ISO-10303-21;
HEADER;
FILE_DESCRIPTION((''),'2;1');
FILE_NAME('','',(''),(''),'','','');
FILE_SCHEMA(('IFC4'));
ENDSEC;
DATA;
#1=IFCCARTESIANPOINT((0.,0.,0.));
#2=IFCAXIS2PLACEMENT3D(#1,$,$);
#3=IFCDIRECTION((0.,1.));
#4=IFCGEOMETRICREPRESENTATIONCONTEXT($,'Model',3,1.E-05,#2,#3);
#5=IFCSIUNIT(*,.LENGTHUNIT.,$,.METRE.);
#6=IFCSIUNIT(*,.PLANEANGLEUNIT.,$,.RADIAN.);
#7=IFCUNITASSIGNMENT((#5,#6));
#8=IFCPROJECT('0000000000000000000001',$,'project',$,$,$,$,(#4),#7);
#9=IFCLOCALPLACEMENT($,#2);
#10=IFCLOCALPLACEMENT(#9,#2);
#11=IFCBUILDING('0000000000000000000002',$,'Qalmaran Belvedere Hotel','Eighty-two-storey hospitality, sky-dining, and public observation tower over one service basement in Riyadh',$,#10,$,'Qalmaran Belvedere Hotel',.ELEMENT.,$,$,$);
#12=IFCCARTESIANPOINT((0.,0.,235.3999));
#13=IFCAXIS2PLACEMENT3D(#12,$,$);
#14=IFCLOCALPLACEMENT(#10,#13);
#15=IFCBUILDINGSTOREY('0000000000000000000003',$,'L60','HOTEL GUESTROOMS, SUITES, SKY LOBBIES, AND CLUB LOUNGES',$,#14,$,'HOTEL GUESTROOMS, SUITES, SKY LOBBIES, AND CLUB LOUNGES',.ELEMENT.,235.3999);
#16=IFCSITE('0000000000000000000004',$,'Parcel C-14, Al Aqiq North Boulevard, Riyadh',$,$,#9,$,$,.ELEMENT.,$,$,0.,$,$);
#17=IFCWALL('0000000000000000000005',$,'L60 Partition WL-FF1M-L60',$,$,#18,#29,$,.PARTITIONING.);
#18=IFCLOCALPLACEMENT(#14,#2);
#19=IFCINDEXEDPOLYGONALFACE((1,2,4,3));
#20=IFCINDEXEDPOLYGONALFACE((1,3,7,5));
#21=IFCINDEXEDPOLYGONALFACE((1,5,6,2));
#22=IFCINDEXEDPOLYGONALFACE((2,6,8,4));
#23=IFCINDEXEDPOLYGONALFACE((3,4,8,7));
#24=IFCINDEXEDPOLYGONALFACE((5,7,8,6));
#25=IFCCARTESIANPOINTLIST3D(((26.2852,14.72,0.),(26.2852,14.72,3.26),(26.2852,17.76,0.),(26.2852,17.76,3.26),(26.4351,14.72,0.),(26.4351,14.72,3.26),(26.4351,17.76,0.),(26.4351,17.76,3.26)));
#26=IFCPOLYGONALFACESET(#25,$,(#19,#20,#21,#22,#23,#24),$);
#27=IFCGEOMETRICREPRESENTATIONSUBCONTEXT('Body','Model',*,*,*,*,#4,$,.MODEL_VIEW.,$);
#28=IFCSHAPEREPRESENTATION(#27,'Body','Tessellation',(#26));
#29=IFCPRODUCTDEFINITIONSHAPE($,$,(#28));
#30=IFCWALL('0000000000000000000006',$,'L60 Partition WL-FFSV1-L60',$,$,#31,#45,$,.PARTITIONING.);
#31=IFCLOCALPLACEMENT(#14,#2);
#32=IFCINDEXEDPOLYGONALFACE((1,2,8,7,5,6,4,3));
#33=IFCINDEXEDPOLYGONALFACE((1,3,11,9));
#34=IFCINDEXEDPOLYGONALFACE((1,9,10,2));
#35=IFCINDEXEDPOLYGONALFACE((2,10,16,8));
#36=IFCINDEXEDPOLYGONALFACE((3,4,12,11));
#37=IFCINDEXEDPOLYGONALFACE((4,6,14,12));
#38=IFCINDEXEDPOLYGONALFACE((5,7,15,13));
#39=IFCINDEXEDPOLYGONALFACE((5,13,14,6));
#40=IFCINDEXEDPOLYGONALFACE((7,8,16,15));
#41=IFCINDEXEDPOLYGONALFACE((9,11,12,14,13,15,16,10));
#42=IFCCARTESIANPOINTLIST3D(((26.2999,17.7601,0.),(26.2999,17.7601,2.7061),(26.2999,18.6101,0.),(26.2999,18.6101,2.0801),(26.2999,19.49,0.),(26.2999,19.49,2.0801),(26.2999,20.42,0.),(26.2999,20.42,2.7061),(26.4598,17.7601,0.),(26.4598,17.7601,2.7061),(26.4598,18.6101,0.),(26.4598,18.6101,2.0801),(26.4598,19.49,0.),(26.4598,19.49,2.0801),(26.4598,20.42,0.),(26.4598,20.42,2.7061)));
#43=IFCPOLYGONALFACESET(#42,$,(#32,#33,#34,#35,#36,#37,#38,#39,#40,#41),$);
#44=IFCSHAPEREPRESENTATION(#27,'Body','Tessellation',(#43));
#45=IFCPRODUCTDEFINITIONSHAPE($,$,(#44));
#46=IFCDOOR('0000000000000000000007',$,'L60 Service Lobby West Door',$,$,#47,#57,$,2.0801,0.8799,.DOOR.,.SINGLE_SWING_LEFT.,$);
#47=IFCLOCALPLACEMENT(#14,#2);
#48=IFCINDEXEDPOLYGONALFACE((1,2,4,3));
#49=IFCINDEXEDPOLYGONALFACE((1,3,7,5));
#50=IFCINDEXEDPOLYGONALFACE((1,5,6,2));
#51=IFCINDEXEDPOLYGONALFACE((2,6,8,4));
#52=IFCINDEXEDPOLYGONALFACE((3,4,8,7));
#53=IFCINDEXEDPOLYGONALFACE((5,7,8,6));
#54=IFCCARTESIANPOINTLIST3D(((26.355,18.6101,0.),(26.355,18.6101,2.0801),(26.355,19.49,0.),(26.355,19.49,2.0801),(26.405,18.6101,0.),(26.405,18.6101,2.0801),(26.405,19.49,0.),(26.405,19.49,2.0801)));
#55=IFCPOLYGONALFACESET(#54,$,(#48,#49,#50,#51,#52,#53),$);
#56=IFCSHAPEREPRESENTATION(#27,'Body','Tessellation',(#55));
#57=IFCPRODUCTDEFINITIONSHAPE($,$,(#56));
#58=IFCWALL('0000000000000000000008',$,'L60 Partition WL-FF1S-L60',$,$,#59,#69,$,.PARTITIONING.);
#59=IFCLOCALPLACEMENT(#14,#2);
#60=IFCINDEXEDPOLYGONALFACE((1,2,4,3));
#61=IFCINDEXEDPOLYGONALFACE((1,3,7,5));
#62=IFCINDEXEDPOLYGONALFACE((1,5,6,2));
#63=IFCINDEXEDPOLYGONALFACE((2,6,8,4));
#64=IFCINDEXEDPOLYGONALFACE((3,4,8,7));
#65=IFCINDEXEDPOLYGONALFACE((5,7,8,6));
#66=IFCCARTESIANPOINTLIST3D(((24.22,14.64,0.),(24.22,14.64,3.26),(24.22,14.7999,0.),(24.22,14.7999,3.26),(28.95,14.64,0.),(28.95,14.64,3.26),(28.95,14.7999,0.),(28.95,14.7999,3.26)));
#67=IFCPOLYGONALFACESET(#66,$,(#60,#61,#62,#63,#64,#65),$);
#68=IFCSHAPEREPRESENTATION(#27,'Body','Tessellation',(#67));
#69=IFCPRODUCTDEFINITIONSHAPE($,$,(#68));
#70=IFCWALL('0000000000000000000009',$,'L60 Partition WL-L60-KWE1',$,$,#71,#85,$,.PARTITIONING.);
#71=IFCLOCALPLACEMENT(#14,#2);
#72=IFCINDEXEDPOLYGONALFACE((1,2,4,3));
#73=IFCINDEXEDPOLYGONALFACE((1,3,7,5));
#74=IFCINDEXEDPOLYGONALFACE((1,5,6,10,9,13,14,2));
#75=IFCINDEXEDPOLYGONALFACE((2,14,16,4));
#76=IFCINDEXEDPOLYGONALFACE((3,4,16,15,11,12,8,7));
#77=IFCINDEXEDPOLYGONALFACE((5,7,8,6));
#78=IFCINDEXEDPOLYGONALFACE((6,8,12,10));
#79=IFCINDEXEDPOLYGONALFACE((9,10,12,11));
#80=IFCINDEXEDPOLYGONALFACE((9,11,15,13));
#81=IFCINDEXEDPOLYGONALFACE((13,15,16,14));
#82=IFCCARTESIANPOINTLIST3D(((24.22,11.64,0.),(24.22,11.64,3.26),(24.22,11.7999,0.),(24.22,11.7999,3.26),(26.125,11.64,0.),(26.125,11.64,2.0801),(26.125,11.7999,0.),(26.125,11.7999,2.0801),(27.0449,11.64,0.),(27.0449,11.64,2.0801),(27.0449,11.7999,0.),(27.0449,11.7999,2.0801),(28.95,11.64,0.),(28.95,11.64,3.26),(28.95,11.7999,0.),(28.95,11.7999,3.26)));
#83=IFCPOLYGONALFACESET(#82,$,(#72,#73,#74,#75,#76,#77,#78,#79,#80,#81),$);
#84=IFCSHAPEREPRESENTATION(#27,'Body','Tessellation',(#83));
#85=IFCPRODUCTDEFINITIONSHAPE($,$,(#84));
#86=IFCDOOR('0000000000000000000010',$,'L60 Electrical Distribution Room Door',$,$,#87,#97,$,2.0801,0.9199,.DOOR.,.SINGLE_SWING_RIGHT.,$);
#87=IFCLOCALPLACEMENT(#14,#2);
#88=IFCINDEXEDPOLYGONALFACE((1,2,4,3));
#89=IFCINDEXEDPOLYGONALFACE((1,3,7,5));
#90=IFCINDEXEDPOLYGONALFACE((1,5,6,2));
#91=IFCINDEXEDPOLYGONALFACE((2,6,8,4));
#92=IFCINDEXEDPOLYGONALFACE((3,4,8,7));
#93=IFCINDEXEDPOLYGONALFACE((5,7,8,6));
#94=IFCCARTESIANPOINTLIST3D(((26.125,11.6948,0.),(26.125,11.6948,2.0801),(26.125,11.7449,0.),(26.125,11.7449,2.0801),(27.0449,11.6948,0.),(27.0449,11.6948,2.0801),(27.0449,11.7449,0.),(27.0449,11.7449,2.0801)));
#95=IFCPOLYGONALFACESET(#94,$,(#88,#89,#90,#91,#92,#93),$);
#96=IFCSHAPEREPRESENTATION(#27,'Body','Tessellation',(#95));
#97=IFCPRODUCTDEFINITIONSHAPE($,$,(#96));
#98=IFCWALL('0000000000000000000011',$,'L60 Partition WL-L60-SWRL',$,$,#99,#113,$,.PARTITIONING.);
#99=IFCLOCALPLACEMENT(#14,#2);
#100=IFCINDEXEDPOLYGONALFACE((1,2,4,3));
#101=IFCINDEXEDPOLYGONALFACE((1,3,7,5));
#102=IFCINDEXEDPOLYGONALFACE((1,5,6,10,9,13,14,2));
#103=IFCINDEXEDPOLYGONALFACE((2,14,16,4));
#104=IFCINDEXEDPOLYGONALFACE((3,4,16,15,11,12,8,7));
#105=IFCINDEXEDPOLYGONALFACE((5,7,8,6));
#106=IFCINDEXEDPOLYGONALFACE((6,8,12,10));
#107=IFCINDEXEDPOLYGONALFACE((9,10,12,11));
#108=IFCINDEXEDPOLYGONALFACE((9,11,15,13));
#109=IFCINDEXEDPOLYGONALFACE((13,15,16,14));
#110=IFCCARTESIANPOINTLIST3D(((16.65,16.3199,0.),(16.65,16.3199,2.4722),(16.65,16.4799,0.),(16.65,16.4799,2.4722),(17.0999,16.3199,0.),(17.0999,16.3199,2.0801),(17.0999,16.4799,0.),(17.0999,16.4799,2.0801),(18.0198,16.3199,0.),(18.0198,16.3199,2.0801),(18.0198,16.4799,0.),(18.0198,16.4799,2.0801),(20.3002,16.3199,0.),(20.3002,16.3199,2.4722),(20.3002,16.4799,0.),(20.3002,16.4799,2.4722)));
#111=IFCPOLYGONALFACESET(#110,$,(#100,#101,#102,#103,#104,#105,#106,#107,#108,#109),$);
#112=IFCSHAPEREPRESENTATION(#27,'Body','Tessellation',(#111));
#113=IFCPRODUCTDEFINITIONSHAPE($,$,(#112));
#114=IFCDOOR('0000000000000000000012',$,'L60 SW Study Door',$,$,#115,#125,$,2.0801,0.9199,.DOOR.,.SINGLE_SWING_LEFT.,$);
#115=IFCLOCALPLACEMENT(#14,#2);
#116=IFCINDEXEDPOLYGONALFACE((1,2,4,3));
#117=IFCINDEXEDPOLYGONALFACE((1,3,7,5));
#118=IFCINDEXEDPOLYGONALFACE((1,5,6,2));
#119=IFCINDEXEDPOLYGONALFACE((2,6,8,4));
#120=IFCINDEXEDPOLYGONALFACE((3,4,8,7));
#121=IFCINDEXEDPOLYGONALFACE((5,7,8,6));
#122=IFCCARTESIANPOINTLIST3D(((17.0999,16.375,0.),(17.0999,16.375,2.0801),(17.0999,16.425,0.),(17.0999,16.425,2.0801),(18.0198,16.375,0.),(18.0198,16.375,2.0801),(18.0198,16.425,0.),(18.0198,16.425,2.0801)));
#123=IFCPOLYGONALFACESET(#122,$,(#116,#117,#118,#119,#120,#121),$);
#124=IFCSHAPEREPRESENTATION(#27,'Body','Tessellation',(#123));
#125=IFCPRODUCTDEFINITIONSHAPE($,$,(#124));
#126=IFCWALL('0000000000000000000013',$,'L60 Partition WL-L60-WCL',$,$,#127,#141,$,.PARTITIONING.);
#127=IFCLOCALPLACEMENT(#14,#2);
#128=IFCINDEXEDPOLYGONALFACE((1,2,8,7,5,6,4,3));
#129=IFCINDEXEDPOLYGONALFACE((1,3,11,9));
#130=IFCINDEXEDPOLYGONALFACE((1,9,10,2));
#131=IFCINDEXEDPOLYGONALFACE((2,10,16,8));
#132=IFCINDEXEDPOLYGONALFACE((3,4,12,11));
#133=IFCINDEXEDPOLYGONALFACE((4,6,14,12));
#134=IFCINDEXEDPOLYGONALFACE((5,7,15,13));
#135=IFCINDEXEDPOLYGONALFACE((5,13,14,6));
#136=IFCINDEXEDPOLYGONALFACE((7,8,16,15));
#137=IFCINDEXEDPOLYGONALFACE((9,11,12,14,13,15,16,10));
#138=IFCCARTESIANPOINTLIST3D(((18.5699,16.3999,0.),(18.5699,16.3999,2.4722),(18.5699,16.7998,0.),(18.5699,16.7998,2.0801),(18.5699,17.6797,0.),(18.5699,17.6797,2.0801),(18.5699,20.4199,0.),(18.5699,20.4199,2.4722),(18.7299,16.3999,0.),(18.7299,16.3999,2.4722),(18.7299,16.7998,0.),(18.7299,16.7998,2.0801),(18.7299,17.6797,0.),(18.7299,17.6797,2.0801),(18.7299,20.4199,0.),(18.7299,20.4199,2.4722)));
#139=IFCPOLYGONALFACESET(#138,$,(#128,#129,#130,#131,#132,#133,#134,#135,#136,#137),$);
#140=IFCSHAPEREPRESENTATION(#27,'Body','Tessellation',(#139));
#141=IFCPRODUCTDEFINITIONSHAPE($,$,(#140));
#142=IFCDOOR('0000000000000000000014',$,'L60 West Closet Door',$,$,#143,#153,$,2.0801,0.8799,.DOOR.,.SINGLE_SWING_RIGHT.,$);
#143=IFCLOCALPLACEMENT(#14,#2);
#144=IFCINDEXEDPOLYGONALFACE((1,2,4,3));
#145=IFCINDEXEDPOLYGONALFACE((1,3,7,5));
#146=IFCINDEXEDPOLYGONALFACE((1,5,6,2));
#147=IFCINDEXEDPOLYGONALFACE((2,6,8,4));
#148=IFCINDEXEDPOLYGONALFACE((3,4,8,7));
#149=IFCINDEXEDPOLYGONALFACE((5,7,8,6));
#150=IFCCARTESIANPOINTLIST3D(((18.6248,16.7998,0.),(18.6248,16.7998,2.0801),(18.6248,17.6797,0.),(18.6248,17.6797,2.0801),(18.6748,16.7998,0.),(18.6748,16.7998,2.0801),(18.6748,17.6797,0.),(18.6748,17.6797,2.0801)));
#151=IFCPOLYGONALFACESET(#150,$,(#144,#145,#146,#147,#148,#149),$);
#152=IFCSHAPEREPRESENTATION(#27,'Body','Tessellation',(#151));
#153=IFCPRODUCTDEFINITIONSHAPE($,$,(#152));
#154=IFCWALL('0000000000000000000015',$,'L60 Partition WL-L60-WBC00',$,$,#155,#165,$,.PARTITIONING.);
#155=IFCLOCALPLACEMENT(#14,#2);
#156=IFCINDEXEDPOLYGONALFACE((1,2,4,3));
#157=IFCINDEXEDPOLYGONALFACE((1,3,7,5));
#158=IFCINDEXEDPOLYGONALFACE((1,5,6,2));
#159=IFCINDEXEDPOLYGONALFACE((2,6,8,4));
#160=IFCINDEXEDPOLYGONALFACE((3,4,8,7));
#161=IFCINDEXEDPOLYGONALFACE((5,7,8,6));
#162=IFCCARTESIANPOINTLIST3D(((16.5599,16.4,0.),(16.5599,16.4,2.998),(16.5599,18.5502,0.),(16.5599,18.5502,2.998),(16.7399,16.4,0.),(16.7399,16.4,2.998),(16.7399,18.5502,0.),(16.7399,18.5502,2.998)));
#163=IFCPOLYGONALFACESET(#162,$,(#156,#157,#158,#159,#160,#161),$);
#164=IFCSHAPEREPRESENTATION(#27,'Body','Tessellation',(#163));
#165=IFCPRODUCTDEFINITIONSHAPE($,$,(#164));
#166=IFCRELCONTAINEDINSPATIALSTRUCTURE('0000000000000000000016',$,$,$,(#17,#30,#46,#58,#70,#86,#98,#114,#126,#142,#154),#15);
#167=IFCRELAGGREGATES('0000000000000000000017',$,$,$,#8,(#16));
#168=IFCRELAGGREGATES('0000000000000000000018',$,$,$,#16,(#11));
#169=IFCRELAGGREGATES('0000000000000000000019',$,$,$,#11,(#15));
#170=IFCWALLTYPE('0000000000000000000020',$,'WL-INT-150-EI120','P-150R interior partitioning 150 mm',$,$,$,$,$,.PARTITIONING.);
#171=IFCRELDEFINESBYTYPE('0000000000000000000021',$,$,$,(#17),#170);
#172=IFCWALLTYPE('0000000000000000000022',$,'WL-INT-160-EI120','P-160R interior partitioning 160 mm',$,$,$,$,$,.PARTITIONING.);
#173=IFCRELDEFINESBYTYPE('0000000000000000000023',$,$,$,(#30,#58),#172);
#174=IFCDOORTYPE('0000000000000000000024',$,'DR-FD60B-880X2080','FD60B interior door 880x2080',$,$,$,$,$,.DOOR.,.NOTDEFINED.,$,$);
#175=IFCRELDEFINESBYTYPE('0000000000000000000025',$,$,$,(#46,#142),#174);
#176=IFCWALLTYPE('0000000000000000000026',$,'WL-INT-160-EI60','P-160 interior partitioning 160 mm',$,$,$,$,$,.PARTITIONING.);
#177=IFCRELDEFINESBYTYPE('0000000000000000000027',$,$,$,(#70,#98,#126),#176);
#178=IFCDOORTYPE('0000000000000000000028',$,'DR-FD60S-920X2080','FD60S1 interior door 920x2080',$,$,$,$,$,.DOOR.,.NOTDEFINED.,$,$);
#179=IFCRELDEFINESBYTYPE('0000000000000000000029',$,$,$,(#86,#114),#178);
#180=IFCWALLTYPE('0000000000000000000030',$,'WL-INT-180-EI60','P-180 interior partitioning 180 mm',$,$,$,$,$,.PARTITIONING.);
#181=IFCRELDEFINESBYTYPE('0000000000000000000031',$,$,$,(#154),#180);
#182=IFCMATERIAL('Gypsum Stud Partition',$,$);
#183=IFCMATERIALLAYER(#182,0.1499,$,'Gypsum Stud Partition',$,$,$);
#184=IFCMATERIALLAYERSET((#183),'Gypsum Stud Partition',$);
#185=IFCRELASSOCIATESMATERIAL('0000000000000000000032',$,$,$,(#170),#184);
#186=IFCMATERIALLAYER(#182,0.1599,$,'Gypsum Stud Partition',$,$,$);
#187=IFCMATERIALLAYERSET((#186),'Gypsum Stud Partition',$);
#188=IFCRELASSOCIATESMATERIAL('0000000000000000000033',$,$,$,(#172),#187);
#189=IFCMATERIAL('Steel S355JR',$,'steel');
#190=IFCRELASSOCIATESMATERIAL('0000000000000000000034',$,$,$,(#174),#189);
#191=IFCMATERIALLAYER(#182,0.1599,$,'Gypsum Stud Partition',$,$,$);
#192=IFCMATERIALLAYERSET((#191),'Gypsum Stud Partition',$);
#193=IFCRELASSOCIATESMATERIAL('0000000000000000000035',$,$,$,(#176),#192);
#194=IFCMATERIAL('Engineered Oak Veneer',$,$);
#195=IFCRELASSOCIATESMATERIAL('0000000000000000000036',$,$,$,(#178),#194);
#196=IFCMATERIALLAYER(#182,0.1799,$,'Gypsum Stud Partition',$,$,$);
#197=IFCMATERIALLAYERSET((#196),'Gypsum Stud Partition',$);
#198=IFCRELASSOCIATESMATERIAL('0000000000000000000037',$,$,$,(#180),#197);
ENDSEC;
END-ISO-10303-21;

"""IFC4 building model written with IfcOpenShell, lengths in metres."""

from ifc_helpers import new_model, si_unit, direction, frame, frame_2d, origin, place, context, subcontext, project, spatial, rectangle, extrude, material, layer, layer_set, type_object, element, fill, save


model = new_model("IFC4")

# Units and contexts
model_context = context("Model", 3, precision=1e-05, world=origin(), true_north=direction((0.0, 1.0)))
body_context = subcontext(model_context, "Body", "Model", "MODEL_VIEW")
ifc_project = project(units=[si_unit("LENGTHUNIT", "METRE"), si_unit("PLANEANGLEUNIT", "RADIAN")], contexts=[model_context])

# Site, building, storey
site_placement = place(None, origin())
site = spatial("IfcSite", under=ifc_project, at=site_placement, Name="Parcel C-14, Al Aqiq North Boulevard, Riyadh", CompositionType="ELEMENT", RefElevation=0.0)
building_placement = place(site_placement, origin())
building = spatial("IfcBuilding", under=site, at=building_placement, Name="Qalmaran Belvedere Hotel", Description="Eighty-two-storey hospitality, sky-dining, and public observation tower over one service basement in Riyadh", LongName="Qalmaran Belvedere Hotel", CompositionType="ELEMENT")
storey_placement = place(building_placement, frame((0.0, 0.0, 235.3999)))
storey = spatial("IfcBuildingStorey", under=building, at=storey_placement, Name="L60", Description="HOTEL GUESTROOMS, SUITES, SKY LOBBIES, AND CLUB LOUNGES", LongName="HOTEL GUESTROOMS, SUITES, SKY LOBBIES, AND CLUB LOUNGES", CompositionType="ELEMENT", Elevation=235.3999)

# Wall
ifc_material_1 = material(Name="Gypsum Stud Partition")
ifc_layer_1 = layer(ifc_material_1, 0.1499, Name="Gypsum Stud Partition")
ifc_layer_set_1 = layer_set([ifc_layer_1], Name="Gypsum Stud Partition")
wall_type_1 = type_object("IfcWallType", Name="WL-INT-150-EI120", Description="P-150R interior partitioning 150 mm", PredefinedType="PARTITIONING", material=ifc_layer_set_1)
wall_1_placement = place(storey_placement, frame((26.3601, 14.72, 0.0), z_axis=(0.0, 0.0, 1.0), x_axis=(0.0, 1.0, 0.0)))
element("IfcWall", 1, at=wall_1_placement, inside=storey, type_object=wall_type_1, Name="L60 Partition WL-FF1M-L60", PredefinedType="PARTITIONING", context=body_context, shape_type="SweptSolid", body=[
    extrude(rectangle(XDim=3.04, YDim=0.1499, at=frame_2d((1.52, 0.0))), origin(), (0.0, 0.0, 1.0), 3.26),
])

# Wall, opening, door
ifc_layer_2 = layer(ifc_material_1, 0.1599, Name="Gypsum Stud Partition")
ifc_layer_set_2 = layer_set([ifc_layer_2], Name="Gypsum Stud Partition")
wall_type_2 = type_object("IfcWallType", Name="WL-INT-160-EI120", Description="P-160R interior partitioning 160 mm", PredefinedType="PARTITIONING", material=ifc_layer_set_2)
wall_2_placement = place(storey_placement, frame((26.3799, 17.76, 0.0), z_axis=(0.0, 0.0, 1.0), x_axis=(0.0, 1.0, 0.0)))
wall_2 = element("IfcWall", 2, at=wall_2_placement, inside=storey, type_object=wall_type_2, Name="L60 Partition WL-FFSV1-L60", PredefinedType="PARTITIONING", context=body_context, shape_type="SweptSolid", body=[
    extrude(rectangle(XDim=2.6599, YDim=0.1599, at=frame_2d((1.3301, 0.0))), origin(), (0.0, 0.0, 1.0), 2.7061),
])
opening_1_placement = place(wall_2_placement, frame((0.8501, 0.0, 0.0)))
opening_1 = element("IfcOpeningElement", 3, at=opening_1_placement, cuts=wall_2, PredefinedType="OPENING", context=body_context, shape_type="SweptSolid", body=[
    extrude(rectangle(XDim=0.8799, YDim=2.0801, at=frame_2d((0.4399, 1.04))), frame((0.0, 0.0898, 0.0), z_axis=(0.0, -1.0, 0.0), x_axis=(1.0, 0.0, 0.0)), (0.0, 0.0, 1.0), 0.1799),
])
ifc_material_2 = material(Name="Steel S355JR", Category="steel")
door_type_1 = type_object("IfcDoorType", Name="DR-FD60B-880X2080", Description="FD60B interior door 880x2080", OperationType="NOTDEFINED", PredefinedType="DOOR", material=ifc_material_2)
door_1_placement = place(opening_1_placement, origin())
door_1 = element("IfcDoor", 4, at=door_1_placement, inside=storey, type_object=door_type_1, Name="L60 Service Lobby West Door", OperationType="SINGLE_SWING_LEFT", OverallHeight=2.0801, OverallWidth=0.8799, PredefinedType="DOOR", context=body_context, shape_type="SweptSolid", body=[
    extrude(rectangle(XDim=0.8799, YDim=2.0801, at=frame_2d((0.4399, 1.04))), frame((0.0, 0.0249, 0.0), z_axis=(0.0, -1.0, 0.0), x_axis=(1.0, 0.0, 0.0)), (0.0, 0.0, 1.0), 0.05),
])
fill(opening_1, door_1)

# Wall
wall_3_placement = place(storey_placement, frame((24.22, 14.72, 0.0), z_axis=(0.0, 0.0, 1.0), x_axis=(1.0, 0.0, 0.0)))
element("IfcWall", 5, at=wall_3_placement, inside=storey, type_object=wall_type_2, Name="L60 Partition WL-FF1S-L60", PredefinedType="PARTITIONING", context=body_context, shape_type="SweptSolid", body=[
    extrude(rectangle(XDim=4.73, YDim=0.1599, at=frame_2d((2.365, 0.0))), origin(), (0.0, 0.0, 1.0), 3.26),
])

# Walls, openings, doors
ifc_layer_3 = layer(ifc_material_1, 0.1599, Name="Gypsum Stud Partition")
ifc_layer_set_3 = layer_set([ifc_layer_3], Name="Gypsum Stud Partition")
wall_type_3 = type_object("IfcWallType", Name="WL-INT-160-EI60", Description="P-160 interior partitioning 160 mm", PredefinedType="PARTITIONING", material=ifc_layer_set_3)
wall_4_placement = place(storey_placement, frame((24.22, 11.72, 0.0), z_axis=(0.0, 0.0, 1.0), x_axis=(1.0, 0.0, 0.0)))
wall_4 = element("IfcWall", 6, at=wall_4_placement, inside=storey, type_object=wall_type_3, Name="L60 Partition WL-L60-KWE1", PredefinedType="PARTITIONING", context=body_context, shape_type="SweptSolid", body=[
    extrude(rectangle(XDim=4.73, YDim=0.1599, at=frame_2d((2.365, 0.0))), origin(), (0.0, 0.0, 1.0), 3.26),
])
opening_2_placement = place(wall_4_placement, frame((1.905, 0.0, 0.0)))
opening_2 = element("IfcOpeningElement", 7, at=opening_2_placement, cuts=wall_4, PredefinedType="OPENING", context=body_context, shape_type="SweptSolid", body=[
    extrude(rectangle(XDim=0.9199, YDim=2.0801, at=frame_2d((0.46, 1.04))), frame((0.0, 0.0898, 0.0), z_axis=(0.0, -1.0, 0.0), x_axis=(1.0, 0.0, 0.0)), (0.0, 0.0, 1.0), 0.1799),
])
ifc_material_3 = material(Name="Engineered Oak Veneer")
door_type_2 = type_object("IfcDoorType", Name="DR-FD60S-920X2080", Description="FD60S1 interior door 920x2080", OperationType="NOTDEFINED", PredefinedType="DOOR", material=ifc_material_3)
door_2_placement = place(opening_2_placement, origin())
door_2 = element("IfcDoor", 8, at=door_2_placement, inside=storey, type_object=door_type_2, Name="L60 Electrical Distribution Room Door", OperationType="SINGLE_SWING_RIGHT", OverallHeight=2.0801, OverallWidth=0.9199, PredefinedType="DOOR", context=body_context, shape_type="SweptSolid", body=[
    extrude(rectangle(XDim=0.9199, YDim=2.0801, at=frame_2d((0.46, 1.04))), frame((0.0, 0.0249, 0.0), z_axis=(0.0, -1.0, 0.0), x_axis=(1.0, 0.0, 0.0)), (0.0, 0.0, 1.0), 0.05),
])
fill(opening_2, door_2)
wall_5_placement = place(storey_placement, frame((16.6499, 16.3999, 0.0), z_axis=(0.0, 0.0, 1.0), x_axis=(1.0, 0.0, 0.0)))
wall_5 = element("IfcWall", 9, at=wall_5_placement, inside=storey, type_object=wall_type_3, Name="L60 Partition WL-L60-SWRL", PredefinedType="PARTITIONING", context=body_context, shape_type="SweptSolid", body=[
    extrude(rectangle(XDim=3.6501, YDim=0.1599, at=frame_2d((1.8252, 0.0))), origin(), (0.0, 0.0, 1.0), 2.4722),
])
opening_3_placement = place(wall_5_placement, frame((1.3699, 0.0, 0.0), z_axis=(0.0, 0.0, 1.0), x_axis=(-1.0, 0.0, 0.0)))
opening_3 = element("IfcOpeningElement", 10, at=opening_3_placement, cuts=wall_5, PredefinedType="OPENING", context=body_context, shape_type="SweptSolid", body=[
    extrude(rectangle(XDim=0.9199, YDim=2.0801, at=frame_2d((0.46, 1.04))), frame((0.0, 0.0898, 0.0), z_axis=(0.0, -1.0, 0.0), x_axis=(1.0, 0.0, 0.0)), (0.0, 0.0, 1.0), 0.1799),
])
door_3_placement = place(opening_3_placement, origin())
door_3 = element("IfcDoor", 11, at=door_3_placement, inside=storey, type_object=door_type_2, Name="L60 SW Study Door", OperationType="SINGLE_SWING_LEFT", OverallHeight=2.0801, OverallWidth=0.9199, PredefinedType="DOOR", context=body_context, shape_type="SweptSolid", body=[
    extrude(rectangle(XDim=0.9199, YDim=2.0801, at=frame_2d((0.46, 1.04))), frame((0.0, 0.0249, 0.0), z_axis=(0.0, -1.0, 0.0), x_axis=(1.0, 0.0, 0.0)), (0.0, 0.0, 1.0), 0.05),
])
fill(opening_3, door_3)
wall_6_placement = place(storey_placement, frame((18.6499, 16.3999, 0.0), z_axis=(0.0, 0.0, 1.0), x_axis=(0.0, 1.0, 0.0)))
wall_6 = element("IfcWall", 12, at=wall_6_placement, inside=storey, type_object=wall_type_3, Name="L60 Partition WL-L60-WCL", PredefinedType="PARTITIONING", context=body_context, shape_type="SweptSolid", body=[
    extrude(rectangle(XDim=4.02, YDim=0.1599, at=frame_2d((2.01, 0.0))), origin(), (0.0, 0.0, 1.0), 2.4722),
])
opening_4_placement = place(wall_6_placement, frame((1.2798, 0.0, 0.0), z_axis=(0.0, 0.0, 1.0), x_axis=(-1.0, 0.0, 0.0)))
opening_4 = element("IfcOpeningElement", 13, at=opening_4_placement, cuts=wall_6, PredefinedType="OPENING", context=body_context, shape_type="SweptSolid", body=[
    extrude(rectangle(XDim=0.8799, YDim=2.0801, at=frame_2d((0.4399, 1.04))), frame((0.0, 0.0898, 0.0), z_axis=(0.0, -1.0, 0.0), x_axis=(1.0, 0.0, 0.0)), (0.0, 0.0, 1.0), 0.1799),
])
door_4_placement = place(opening_4_placement, origin())
door_4 = element("IfcDoor", 14, at=door_4_placement, inside=storey, type_object=door_type_1, Name="L60 West Closet Door", OperationType="SINGLE_SWING_RIGHT", OverallHeight=2.0801, OverallWidth=0.8799, PredefinedType="DOOR", context=body_context, shape_type="SweptSolid", body=[
    extrude(rectangle(XDim=0.8799, YDim=2.0801, at=frame_2d((0.4399, 1.04))), frame((0.0, 0.0249, 0.0), z_axis=(0.0, -1.0, 0.0), x_axis=(1.0, 0.0, 0.0)), (0.0, 0.0, 1.0), 0.05),
])
fill(opening_4, door_4)

# Wall
ifc_layer_4 = layer(ifc_material_1, 0.1799, Name="Gypsum Stud Partition")
ifc_layer_set_4 = layer_set([ifc_layer_4], Name="Gypsum Stud Partition")
wall_type_4 = type_object("IfcWallType", Name="WL-INT-180-EI60", Description="P-180 interior partitioning 180 mm", PredefinedType="PARTITIONING", material=ifc_layer_set_4)
wall_7_placement = place(storey_placement, frame((16.6499, 16.3999, 0.0), z_axis=(0.0, 0.0, 1.0), x_axis=(0.0, 1.0, 0.0)))
element("IfcWall", 15, at=wall_7_placement, inside=storey, type_object=wall_type_4, Name="L60 Partition WL-L60-WBC00", PredefinedType="PARTITIONING", context=body_context, shape_type="SweptSolid", body=[
    extrude(rectangle(XDim=2.1501, YDim=0.1799, at=frame_2d((1.0752, 0.0))), origin(), (0.0, 0.0, 1.0), 2.998),
])

save(model, "model.ifc")
